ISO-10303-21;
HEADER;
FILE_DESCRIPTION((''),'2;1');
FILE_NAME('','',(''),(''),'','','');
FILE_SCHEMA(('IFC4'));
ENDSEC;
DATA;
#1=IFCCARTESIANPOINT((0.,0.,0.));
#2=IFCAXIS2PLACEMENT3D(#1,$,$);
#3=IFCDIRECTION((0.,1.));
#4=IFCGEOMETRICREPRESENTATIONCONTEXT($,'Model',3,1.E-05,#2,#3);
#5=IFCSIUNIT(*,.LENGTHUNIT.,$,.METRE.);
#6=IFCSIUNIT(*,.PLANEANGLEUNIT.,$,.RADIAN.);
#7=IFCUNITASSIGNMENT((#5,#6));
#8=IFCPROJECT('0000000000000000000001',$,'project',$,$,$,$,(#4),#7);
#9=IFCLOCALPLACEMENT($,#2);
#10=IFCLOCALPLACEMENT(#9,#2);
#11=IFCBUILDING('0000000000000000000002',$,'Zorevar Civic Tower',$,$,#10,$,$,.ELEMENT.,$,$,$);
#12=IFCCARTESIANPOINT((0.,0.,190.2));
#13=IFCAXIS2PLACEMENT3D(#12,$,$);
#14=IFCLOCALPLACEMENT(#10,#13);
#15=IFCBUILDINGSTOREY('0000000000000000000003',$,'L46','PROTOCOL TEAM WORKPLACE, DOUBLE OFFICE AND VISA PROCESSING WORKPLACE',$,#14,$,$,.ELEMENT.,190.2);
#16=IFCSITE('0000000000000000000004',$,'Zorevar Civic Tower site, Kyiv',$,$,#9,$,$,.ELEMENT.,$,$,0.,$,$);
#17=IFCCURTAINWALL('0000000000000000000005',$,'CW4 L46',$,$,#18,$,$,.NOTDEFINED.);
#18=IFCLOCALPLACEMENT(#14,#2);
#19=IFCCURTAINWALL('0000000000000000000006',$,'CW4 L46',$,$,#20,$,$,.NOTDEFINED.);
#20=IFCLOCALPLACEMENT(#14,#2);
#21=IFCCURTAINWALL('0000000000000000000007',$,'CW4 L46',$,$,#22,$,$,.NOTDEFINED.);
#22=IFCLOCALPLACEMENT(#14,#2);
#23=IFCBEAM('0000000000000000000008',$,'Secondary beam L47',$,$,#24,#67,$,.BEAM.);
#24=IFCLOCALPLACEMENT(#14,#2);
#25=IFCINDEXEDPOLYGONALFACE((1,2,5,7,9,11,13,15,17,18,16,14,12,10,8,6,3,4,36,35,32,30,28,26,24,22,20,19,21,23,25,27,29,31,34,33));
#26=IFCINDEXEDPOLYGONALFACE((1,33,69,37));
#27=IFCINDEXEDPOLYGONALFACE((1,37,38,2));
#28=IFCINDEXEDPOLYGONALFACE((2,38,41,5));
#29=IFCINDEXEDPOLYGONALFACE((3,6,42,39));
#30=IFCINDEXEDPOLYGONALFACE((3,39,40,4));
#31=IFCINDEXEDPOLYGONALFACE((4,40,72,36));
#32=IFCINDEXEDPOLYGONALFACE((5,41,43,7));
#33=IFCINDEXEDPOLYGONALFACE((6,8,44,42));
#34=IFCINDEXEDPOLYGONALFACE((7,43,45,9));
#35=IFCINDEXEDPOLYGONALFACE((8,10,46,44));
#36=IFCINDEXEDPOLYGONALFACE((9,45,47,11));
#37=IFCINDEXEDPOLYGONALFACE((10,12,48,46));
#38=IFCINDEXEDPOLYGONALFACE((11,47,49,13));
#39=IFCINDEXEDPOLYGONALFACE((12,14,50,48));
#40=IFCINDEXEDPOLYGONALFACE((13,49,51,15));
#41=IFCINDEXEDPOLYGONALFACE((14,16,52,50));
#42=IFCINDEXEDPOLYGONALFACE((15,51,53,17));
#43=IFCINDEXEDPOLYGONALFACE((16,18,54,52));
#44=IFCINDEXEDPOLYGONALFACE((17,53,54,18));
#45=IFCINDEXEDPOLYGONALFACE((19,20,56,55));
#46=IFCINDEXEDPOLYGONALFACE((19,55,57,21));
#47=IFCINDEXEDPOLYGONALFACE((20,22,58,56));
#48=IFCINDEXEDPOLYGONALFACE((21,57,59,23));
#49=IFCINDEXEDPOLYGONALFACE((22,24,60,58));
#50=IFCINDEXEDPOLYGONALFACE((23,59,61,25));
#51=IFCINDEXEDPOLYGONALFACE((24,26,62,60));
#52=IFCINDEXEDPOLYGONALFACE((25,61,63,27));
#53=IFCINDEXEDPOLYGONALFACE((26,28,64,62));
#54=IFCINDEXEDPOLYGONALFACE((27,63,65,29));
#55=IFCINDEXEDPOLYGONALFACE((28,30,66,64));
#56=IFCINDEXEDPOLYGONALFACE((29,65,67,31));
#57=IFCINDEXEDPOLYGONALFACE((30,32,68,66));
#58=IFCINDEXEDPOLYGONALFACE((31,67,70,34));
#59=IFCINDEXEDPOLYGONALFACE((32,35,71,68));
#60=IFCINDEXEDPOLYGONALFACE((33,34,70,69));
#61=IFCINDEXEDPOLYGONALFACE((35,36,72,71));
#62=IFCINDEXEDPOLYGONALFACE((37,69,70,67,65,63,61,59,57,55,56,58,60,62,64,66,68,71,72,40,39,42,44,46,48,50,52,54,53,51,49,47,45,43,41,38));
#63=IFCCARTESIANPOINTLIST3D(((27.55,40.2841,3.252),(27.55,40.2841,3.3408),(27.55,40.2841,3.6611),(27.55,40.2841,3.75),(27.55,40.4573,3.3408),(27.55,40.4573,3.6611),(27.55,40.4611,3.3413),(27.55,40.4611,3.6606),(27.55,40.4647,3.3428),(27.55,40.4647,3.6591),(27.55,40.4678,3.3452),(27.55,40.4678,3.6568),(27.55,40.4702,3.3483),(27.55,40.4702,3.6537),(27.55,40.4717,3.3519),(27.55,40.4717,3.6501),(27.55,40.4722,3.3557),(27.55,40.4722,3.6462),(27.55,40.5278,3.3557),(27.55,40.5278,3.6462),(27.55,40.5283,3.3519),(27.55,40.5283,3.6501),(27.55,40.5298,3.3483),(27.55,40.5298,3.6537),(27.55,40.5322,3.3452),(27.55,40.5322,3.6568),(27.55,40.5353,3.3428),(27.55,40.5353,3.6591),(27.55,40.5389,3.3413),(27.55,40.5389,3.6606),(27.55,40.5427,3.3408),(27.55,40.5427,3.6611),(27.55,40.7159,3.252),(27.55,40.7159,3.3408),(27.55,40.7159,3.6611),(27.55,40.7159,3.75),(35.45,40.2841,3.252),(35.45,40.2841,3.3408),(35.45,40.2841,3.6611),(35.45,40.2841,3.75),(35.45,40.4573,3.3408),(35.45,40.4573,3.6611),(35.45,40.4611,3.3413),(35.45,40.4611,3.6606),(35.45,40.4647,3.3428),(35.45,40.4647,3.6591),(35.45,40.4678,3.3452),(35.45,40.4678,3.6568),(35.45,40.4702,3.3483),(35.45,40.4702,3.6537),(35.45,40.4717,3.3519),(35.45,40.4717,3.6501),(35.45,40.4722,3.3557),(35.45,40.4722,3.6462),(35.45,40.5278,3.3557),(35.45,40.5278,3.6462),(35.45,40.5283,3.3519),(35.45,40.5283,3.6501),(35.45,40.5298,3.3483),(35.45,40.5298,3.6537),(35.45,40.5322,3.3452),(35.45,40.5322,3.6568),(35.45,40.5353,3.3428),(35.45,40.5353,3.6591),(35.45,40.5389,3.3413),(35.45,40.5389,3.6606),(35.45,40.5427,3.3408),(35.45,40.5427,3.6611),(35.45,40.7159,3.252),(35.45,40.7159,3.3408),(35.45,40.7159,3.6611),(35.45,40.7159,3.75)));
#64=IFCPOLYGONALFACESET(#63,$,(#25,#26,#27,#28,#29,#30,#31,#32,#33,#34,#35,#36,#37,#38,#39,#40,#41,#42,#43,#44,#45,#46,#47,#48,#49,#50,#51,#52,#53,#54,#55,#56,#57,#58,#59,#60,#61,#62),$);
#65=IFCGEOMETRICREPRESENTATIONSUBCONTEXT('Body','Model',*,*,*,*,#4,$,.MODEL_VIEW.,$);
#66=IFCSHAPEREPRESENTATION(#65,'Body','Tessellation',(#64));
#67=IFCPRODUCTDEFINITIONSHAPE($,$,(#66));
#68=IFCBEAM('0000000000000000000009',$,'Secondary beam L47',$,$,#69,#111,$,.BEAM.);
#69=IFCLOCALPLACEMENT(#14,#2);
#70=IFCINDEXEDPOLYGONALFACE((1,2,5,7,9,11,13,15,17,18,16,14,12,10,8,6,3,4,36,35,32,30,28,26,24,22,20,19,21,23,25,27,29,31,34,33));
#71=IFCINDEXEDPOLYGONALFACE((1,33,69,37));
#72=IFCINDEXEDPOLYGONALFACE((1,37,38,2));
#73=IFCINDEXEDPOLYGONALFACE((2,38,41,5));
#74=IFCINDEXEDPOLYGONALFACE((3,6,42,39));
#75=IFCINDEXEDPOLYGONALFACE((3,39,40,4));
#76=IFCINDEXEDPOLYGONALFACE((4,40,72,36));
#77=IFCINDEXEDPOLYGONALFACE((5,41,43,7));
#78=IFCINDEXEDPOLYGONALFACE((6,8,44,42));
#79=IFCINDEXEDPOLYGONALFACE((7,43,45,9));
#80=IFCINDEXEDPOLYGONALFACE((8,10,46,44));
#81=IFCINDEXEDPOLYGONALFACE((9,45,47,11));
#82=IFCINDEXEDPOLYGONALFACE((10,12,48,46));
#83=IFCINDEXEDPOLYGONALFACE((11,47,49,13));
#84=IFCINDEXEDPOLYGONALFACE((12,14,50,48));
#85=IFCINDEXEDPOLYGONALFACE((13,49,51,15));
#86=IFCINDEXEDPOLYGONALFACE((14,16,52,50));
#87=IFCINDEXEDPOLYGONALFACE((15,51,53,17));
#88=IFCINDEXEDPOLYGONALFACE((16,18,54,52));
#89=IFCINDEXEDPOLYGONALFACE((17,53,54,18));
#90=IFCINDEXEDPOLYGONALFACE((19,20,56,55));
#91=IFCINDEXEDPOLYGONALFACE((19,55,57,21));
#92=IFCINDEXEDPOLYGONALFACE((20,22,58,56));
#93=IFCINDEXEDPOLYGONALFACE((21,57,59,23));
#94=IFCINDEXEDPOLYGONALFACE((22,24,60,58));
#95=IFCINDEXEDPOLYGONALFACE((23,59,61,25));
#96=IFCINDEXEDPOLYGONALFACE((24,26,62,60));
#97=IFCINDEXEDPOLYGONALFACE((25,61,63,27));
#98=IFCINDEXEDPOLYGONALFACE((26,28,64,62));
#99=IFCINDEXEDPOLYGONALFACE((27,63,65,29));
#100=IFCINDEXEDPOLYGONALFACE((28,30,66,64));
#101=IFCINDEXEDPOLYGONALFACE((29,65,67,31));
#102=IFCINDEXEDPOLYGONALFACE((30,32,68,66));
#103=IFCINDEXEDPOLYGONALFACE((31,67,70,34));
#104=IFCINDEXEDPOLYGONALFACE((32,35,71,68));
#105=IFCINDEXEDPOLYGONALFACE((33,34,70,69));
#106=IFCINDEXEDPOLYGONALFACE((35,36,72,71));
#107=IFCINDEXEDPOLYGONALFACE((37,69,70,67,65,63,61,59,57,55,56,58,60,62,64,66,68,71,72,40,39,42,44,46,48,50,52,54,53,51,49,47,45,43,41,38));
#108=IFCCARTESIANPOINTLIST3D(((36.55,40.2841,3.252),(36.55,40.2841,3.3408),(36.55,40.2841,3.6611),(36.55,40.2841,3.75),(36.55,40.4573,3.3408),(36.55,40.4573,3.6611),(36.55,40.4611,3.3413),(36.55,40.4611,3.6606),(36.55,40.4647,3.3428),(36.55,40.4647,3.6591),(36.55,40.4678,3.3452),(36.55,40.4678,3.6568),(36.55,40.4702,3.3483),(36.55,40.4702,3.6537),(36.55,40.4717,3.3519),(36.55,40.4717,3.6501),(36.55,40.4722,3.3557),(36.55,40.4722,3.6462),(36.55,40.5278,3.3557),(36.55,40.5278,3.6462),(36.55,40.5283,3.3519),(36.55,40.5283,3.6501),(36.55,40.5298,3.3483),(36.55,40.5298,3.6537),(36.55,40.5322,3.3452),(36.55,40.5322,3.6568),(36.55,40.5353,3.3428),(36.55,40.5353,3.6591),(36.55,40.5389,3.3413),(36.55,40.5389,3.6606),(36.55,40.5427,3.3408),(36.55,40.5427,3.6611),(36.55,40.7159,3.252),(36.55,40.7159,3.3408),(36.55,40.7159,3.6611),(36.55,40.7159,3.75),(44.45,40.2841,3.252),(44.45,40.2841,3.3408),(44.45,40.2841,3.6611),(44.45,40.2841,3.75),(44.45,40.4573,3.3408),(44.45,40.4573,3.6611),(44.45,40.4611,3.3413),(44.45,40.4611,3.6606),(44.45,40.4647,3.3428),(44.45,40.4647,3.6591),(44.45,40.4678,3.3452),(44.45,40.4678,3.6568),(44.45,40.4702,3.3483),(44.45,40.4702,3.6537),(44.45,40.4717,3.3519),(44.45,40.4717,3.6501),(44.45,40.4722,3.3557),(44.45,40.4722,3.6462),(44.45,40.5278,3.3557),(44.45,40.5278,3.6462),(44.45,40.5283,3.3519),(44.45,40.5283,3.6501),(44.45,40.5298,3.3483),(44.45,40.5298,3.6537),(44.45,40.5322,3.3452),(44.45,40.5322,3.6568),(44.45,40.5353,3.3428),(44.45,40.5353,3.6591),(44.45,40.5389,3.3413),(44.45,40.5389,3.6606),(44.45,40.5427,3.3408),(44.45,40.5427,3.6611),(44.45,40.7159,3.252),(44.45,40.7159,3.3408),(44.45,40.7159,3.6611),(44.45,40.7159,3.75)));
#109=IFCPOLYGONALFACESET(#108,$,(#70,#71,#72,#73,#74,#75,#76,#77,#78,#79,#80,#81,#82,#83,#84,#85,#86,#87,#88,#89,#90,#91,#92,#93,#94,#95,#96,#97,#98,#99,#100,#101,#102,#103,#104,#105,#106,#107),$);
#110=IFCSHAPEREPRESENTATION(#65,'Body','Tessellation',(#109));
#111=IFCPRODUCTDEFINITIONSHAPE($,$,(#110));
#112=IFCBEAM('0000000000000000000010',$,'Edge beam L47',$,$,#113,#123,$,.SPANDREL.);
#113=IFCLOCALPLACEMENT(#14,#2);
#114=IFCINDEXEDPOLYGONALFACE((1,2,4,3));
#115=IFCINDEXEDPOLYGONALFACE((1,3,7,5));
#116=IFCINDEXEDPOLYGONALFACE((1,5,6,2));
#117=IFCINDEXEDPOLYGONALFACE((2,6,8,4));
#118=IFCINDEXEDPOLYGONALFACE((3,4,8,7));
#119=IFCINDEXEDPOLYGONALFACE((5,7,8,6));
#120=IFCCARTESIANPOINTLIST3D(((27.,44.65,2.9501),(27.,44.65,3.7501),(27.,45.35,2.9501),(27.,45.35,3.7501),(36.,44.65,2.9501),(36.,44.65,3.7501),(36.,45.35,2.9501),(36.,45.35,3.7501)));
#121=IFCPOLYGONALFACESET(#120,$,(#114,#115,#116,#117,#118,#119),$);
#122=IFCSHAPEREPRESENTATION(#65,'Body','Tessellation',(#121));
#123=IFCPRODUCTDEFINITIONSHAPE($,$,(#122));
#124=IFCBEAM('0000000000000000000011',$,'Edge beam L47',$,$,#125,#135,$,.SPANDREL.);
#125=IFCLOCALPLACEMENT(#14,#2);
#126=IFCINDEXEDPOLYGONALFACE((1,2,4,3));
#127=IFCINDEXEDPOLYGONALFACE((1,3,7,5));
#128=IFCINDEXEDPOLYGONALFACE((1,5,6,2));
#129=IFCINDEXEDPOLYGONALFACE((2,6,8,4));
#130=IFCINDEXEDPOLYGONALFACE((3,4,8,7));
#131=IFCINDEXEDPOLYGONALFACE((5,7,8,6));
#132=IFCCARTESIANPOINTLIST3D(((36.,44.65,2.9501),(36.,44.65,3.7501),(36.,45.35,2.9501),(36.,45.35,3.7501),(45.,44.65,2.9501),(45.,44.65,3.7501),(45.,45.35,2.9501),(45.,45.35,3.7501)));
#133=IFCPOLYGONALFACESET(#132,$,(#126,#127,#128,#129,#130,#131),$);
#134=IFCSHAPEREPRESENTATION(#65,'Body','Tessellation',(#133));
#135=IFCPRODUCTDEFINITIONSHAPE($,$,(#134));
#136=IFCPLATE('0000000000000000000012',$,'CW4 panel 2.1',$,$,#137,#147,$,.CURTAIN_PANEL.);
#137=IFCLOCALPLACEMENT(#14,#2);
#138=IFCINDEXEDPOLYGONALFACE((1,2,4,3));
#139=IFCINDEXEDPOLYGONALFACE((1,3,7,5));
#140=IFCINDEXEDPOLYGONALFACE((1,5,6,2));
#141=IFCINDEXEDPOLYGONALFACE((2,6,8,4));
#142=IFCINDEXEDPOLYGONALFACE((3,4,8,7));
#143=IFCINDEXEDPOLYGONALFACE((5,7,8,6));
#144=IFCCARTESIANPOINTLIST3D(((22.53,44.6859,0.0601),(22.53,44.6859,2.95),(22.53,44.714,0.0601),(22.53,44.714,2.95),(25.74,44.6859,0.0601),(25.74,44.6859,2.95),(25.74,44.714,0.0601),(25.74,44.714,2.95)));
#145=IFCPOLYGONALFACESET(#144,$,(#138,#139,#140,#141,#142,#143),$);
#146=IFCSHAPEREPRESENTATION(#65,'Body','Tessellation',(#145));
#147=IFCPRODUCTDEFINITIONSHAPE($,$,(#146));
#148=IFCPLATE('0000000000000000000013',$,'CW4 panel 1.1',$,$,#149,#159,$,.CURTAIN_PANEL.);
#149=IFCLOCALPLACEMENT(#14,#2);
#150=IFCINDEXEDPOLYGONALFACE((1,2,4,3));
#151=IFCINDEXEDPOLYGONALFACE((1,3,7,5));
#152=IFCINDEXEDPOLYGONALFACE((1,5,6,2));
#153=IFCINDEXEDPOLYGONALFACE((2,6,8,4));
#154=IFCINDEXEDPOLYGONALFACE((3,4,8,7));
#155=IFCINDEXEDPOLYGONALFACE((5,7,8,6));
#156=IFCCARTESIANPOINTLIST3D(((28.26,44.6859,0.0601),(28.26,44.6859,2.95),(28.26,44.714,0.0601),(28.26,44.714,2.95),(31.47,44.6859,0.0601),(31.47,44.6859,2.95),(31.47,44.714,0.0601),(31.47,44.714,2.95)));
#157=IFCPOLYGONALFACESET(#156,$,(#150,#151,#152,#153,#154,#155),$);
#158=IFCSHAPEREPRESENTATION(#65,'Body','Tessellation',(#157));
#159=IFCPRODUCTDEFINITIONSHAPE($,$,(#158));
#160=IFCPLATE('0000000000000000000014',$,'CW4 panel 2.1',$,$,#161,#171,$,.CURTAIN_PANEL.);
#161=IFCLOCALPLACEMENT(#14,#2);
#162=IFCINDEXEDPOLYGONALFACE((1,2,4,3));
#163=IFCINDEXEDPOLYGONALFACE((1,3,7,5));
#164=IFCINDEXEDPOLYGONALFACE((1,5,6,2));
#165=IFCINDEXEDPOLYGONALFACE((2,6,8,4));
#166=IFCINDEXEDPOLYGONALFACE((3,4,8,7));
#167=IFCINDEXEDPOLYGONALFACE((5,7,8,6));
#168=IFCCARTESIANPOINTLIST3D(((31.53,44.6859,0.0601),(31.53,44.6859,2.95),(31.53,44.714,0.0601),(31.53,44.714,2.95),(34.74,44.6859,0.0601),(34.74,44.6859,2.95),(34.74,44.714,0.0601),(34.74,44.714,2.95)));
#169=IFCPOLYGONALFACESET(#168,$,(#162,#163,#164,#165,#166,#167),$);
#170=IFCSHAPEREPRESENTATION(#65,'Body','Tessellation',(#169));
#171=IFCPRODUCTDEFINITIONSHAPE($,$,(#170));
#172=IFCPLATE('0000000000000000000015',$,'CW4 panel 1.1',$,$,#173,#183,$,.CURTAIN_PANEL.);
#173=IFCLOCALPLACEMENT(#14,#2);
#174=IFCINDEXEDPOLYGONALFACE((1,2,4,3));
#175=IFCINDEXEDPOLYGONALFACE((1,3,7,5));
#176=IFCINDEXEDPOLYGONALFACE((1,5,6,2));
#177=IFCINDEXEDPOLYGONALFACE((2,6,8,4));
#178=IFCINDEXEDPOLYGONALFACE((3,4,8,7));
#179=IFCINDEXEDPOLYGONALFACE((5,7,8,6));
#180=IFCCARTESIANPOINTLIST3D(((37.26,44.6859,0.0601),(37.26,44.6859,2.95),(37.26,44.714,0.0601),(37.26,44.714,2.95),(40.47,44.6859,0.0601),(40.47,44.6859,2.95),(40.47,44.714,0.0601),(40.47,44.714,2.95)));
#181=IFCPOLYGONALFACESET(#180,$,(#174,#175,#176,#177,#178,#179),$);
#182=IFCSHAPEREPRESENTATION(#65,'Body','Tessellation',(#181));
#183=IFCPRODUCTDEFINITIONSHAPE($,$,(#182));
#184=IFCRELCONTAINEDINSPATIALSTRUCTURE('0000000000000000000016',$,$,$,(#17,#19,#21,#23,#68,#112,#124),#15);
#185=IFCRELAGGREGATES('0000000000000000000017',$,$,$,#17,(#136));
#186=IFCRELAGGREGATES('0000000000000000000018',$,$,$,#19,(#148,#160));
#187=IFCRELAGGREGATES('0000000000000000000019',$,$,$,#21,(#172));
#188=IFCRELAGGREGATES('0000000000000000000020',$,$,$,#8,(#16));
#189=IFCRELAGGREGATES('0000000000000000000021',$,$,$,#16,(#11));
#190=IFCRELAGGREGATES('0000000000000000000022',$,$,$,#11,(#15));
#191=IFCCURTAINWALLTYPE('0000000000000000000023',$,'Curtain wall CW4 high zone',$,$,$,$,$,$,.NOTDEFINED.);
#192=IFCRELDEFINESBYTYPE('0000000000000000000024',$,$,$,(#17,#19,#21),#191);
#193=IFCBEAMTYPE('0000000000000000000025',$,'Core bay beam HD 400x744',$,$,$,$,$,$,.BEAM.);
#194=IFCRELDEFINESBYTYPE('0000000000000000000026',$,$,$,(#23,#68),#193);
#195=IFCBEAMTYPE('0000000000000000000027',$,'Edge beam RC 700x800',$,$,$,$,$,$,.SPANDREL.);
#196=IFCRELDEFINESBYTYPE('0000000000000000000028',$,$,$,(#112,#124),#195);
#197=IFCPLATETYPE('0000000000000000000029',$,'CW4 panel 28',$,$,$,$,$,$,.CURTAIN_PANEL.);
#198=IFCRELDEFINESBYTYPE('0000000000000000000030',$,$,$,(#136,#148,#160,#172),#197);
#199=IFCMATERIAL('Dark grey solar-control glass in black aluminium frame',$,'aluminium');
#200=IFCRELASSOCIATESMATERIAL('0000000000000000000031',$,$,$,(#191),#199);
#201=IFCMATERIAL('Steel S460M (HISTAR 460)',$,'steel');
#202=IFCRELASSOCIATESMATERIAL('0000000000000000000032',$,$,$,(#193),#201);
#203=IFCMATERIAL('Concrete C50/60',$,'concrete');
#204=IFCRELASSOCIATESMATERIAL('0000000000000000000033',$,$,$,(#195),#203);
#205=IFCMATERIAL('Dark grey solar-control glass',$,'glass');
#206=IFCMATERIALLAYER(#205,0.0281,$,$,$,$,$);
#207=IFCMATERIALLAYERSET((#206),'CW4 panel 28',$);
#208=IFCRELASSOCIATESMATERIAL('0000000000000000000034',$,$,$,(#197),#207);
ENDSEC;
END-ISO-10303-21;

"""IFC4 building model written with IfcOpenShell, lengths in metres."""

from ifc_helpers import new_model, si_unit, direction, frame, origin, origin_2d, place, context, subcontext, project, spatial, rectangle, i_section, extrude, material, layer, layer_set, material_profile, profile_set, type_object, element, aggregate, save


model = new_model("IFC4")

# Units and contexts
model_context = context("Model", 3, precision=1e-05, world=origin(), true_north=direction((0.0, 1.0)))
body_context = subcontext(model_context, "Body", "Model", "MODEL_VIEW")
ifc_project = project(units=[si_unit("LENGTHUNIT", "METRE"), si_unit("PLANEANGLEUNIT", "RADIAN")], contexts=[model_context])

# Site, building, storey
site_placement = place(None, origin())
site = spatial("IfcSite", under=ifc_project, at=site_placement, Name="Zorevar Civic Tower site, Kyiv", CompositionType="ELEMENT", RefElevation=0.0)
building_placement = place(site_placement, origin())
building = spatial("IfcBuilding", under=site, at=building_placement, Name="Zorevar Civic Tower", CompositionType="ELEMENT")
storey_placement = place(building_placement, frame((0.0, 0.0, 190.2)))
storey = spatial("IfcBuildingStorey", under=building, at=storey_placement, Name="L46", Description="PROTOCOL TEAM WORKPLACE, DOUBLE OFFICE AND VISA PROCESSING WORKPLACE", CompositionType="ELEMENT", Elevation=190.2)

# Curtain walls
ifc_material_1 = material(Name="Dark grey solar-control glass in black aluminium frame", Category="aluminium")
curtain_wall_type = type_object("IfcCurtainWallType", Name="Curtain wall CW4 high zone", PredefinedType="NOTDEFINED", material=ifc_material_1)
curtain_wall_1_placement = place(storey_placement, origin())
curtain_wall_1 = element("IfcCurtainWall", 1, at=curtain_wall_1_placement, inside=storey, type_object=curtain_wall_type, Name="CW4 L46", PredefinedType="NOTDEFINED")
curtain_wall_2_placement = place(storey_placement, origin())
curtain_wall_2 = element("IfcCurtainWall", 2, at=curtain_wall_2_placement, inside=storey, type_object=curtain_wall_type, Name="CW4 L46", PredefinedType="NOTDEFINED")
curtain_wall_3_placement = place(storey_placement, origin())
curtain_wall_3 = element("IfcCurtainWall", 3, at=curtain_wall_3_placement, inside=storey, type_object=curtain_wall_type, Name="CW4 L46", PredefinedType="NOTDEFINED")

# Beams
ifc_material_2 = material(Name="Steel S460M (HISTAR 460)", Category="steel")
ifc_material_profile_1 = material_profile(ifc_material_2, i_section(OverallWidth=0.4319, OverallDepth=0.498, WebThickness=0.0557, FlangeThickness=0.0889, FilletRadius=0.0149, at=origin_2d()), Name="HD 400x744")
ifc_profile_set_1 = profile_set([ifc_material_profile_1], Name="Steel S460M (HISTAR 460)")
beam_type_1 = type_object("IfcBeamType", Name="Core bay beam HD 400x744", PredefinedType="BEAM", material=ifc_profile_set_1)
for number, where, z_axis, x_axis, name in (
    (4, (27.55, 40.5, 3.501), (1.0, 0.0, 0.0), (0.0, 1.0, 0.0), "Secondary beam L47"),
    (5, (36.55, 40.5, 3.501), (1.0, 0.0, 0.0), (0.0, 1.0, 0.0), "Secondary beam L47"),
):
    element("IfcBeam", number, at=place(storey_placement, frame(where, z_axis=z_axis, x_axis=x_axis)), inside=storey, type_object=beam_type_1, Name=name, PredefinedType="BEAM", context=body_context, shape_type="SweptSolid", body=[
        extrude(i_section(OverallWidth=0.4319, OverallDepth=0.498, WebThickness=0.0557, FlangeThickness=0.0889, FilletRadius=0.0149, at=origin_2d()), origin(), (0.0, 0.0, 1.0), 7.8999),
    ])
ifc_material_3 = material(Name="Concrete C50/60", Category="concrete")
ifc_material_profile_2 = material_profile(ifc_material_3, rectangle(XDim=0.7, YDim=0.8, at=origin_2d()), Name="RC 700x800")
ifc_profile_set_2 = profile_set([ifc_material_profile_2], Name="Concrete C50/60")
beam_type_2 = type_object("IfcBeamType", Name="Edge beam RC 700x800", PredefinedType="SPANDREL", material=ifc_profile_set_2)
for number, where, z_axis, x_axis, name in (
    (6, (27.0, 45.0, 3.3501), (1.0, 0.0, 0.0), (0.0, 1.0, 0.0), "Edge beam L47"),
    (7, (36.0, 45.0, 3.3501), (1.0, 0.0, 0.0), (0.0, 1.0, 0.0), "Edge beam L47"),
):
    element("IfcBeam", number, at=place(storey_placement, frame(where, z_axis=z_axis, x_axis=x_axis)), inside=storey, type_object=beam_type_2, Name=name, PredefinedType="SPANDREL", context=body_context, shape_type="SweptSolid", body=[
        extrude(rectangle(XDim=0.7, YDim=0.8, at=origin_2d()), origin(), (0.0, 0.0, 1.0), 9.0),
    ])

# Plates
ifc_material_4 = material(Name="Dark grey solar-control glass", Category="glass")
ifc_layer_1 = layer(ifc_material_4, 0.0281)
ifc_layer_set_1 = layer_set([ifc_layer_1], Name="CW4 panel 28")
plate_type = type_object("IfcPlateType", Name="CW4 panel 28", PredefinedType="CURTAIN_PANEL", material=ifc_layer_set_1)
plate_1_placement = place(storey_placement, frame((24.135, 44.7, 0.0601), z_axis=(0.0, 0.0, 1.0), x_axis=(1.0, 0.0, 0.0)))
plate_1 = element("IfcPlate", 8, at=plate_1_placement, type_object=plate_type, Name="CW4 panel 2.1", PredefinedType="CURTAIN_PANEL", context=body_context, shape_type="SweptSolid", body=[
    extrude(rectangle(XDim=3.21, YDim=0.0281, at=origin_2d()), origin(), (0.0, 0.0, 1.0), 2.8899),
])
aggregate(curtain_wall_1, [plate_1])
plate_2_placement = place(storey_placement, frame((29.865, 44.7, 0.0601), z_axis=(0.0, 0.0, 1.0), x_axis=(1.0, 0.0, 0.0)))
plate_2 = element("IfcPlate", 9, at=plate_2_placement, type_object=plate_type, Name="CW4 panel 1.1", PredefinedType="CURTAIN_PANEL", context=body_context, shape_type="SweptSolid", body=[
    extrude(rectangle(XDim=3.21, YDim=0.0281, at=origin_2d()), origin(), (0.0, 0.0, 1.0), 2.8899),
])
plate_3_placement = place(storey_placement, frame((33.135, 44.7, 0.0601), z_axis=(0.0, 0.0, 1.0), x_axis=(1.0, 0.0, 0.0)))
plate_3 = element("IfcPlate", 10, at=plate_3_placement, type_object=plate_type, Name="CW4 panel 2.1", PredefinedType="CURTAIN_PANEL", context=body_context, shape_type="SweptSolid", body=[
    extrude(rectangle(XDim=3.21, YDim=0.0281, at=origin_2d()), origin(), (0.0, 0.0, 1.0), 2.8899),
])
aggregate(curtain_wall_2, [plate_2, plate_3])
plate_4_placement = place(storey_placement, frame((38.865, 44.7, 0.0601), z_axis=(0.0, 0.0, 1.0), x_axis=(1.0, 0.0, 0.0)))
plate_4 = element("IfcPlate", 11, at=plate_4_placement, type_object=plate_type, Name="CW4 panel 1.1", PredefinedType="CURTAIN_PANEL", context=body_context, shape_type="SweptSolid", body=[
    extrude(rectangle(XDim=3.21, YDim=0.0281, at=origin_2d()), origin(), (0.0, 0.0, 1.0), 2.8899),
])
aggregate(curtain_wall_3, [plate_4])

save(model, "model.ifc")
